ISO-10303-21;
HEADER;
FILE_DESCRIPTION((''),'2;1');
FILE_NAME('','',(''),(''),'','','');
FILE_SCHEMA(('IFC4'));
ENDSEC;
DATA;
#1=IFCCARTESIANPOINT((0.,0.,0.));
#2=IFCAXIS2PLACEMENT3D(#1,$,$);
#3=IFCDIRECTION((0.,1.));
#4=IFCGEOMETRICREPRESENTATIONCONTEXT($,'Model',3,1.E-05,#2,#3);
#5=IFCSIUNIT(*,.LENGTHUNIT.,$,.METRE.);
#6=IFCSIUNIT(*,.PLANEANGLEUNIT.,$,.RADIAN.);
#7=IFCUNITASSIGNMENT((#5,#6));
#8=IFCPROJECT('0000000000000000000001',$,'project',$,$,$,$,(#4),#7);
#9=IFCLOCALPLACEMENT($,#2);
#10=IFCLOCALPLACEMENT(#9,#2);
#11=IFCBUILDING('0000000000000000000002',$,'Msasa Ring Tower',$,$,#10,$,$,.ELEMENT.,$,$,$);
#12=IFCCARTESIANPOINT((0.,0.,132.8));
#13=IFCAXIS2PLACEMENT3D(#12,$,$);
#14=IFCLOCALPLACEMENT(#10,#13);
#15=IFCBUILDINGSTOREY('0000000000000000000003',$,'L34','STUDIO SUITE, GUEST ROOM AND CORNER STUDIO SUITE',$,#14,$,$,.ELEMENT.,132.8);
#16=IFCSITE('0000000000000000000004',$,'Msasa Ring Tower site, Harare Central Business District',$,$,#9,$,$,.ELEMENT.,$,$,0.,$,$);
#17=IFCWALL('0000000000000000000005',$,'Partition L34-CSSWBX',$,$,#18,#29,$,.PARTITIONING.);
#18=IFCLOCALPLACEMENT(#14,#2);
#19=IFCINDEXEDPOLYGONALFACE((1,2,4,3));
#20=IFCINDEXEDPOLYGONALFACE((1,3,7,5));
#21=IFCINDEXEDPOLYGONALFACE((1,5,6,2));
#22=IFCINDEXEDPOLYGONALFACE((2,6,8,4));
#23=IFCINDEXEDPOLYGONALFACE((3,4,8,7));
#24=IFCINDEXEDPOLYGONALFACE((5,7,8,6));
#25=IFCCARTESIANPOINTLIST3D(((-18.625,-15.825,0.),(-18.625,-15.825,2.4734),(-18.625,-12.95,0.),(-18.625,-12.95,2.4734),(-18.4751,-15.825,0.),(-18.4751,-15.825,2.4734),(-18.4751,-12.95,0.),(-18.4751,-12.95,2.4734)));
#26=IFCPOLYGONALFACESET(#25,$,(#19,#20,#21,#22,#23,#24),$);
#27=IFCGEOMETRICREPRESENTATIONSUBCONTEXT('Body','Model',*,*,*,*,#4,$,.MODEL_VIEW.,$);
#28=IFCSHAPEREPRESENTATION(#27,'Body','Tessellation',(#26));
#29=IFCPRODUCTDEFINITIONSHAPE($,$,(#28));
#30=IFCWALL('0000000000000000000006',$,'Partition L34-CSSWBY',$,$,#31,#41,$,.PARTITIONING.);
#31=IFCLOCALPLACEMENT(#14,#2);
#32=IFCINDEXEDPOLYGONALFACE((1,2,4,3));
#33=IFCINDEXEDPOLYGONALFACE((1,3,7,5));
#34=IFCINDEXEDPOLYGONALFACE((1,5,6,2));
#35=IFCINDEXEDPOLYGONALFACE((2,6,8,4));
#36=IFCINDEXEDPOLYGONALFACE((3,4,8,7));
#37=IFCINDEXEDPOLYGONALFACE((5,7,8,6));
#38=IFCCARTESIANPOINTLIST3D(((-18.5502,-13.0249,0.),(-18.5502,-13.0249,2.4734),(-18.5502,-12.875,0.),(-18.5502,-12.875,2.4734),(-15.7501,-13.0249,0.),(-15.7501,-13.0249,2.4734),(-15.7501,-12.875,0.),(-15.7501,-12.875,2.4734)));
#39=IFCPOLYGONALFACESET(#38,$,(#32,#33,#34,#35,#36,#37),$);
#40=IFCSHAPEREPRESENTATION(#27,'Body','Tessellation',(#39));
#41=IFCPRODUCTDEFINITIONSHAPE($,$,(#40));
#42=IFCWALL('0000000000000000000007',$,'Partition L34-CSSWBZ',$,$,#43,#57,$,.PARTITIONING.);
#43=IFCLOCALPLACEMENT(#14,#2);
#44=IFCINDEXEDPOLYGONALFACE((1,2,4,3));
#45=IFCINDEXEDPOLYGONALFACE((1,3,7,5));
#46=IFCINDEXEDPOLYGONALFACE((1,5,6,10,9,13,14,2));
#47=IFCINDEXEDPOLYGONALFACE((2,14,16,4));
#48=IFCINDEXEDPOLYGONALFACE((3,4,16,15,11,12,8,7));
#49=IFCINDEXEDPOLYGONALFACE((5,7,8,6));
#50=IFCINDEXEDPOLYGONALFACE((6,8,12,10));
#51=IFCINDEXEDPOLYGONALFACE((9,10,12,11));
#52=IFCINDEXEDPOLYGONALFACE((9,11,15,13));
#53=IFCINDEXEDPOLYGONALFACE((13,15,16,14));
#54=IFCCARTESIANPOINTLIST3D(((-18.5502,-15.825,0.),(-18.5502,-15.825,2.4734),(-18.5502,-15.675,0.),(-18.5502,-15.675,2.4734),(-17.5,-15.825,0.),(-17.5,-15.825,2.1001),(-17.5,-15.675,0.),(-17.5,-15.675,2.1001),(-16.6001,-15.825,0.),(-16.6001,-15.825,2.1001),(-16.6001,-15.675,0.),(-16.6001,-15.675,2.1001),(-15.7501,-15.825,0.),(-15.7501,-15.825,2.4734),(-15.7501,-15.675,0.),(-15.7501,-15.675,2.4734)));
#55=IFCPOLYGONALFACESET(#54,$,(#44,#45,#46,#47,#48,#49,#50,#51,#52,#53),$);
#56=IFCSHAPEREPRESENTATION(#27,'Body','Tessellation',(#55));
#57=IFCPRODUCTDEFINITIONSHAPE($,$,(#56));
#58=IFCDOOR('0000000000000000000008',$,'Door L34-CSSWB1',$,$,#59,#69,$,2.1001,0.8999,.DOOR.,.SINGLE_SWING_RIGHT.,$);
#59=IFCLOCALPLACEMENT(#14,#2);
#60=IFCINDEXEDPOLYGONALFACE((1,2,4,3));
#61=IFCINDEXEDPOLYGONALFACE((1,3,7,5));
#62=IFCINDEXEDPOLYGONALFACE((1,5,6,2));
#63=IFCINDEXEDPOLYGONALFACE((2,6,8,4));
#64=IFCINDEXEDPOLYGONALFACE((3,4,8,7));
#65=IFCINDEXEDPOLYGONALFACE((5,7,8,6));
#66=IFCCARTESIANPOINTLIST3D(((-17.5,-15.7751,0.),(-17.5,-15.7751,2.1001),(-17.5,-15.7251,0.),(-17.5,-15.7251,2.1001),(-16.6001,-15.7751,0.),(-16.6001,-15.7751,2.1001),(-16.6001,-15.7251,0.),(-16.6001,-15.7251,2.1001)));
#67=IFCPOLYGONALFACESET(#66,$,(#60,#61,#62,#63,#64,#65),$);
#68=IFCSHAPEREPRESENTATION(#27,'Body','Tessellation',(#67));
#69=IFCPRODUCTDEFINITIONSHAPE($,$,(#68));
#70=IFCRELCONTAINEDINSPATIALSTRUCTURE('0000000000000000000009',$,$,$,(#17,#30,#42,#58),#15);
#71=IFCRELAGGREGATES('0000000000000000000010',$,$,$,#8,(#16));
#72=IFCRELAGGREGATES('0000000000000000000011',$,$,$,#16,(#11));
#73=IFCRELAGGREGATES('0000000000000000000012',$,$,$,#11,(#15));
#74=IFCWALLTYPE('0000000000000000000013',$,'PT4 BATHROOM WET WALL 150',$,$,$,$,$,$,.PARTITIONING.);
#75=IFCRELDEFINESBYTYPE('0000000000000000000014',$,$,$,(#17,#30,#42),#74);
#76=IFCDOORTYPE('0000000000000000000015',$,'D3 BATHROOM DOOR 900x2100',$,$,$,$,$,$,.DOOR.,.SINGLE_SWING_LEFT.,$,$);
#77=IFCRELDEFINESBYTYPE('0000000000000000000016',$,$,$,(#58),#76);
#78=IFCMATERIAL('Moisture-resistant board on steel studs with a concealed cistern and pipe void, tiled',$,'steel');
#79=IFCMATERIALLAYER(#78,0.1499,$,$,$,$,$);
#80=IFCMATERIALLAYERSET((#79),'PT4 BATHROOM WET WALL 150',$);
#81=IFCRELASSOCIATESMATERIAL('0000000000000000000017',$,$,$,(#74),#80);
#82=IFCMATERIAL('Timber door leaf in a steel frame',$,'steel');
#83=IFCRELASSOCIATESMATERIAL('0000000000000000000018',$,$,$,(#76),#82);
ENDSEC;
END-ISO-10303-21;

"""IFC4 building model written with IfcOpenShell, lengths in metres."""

from ifc_helpers import new_model, si_unit, direction, frame, frame_2d, origin, place, context, subcontext, project, spatial, rectangle, extrude, material, layer, layer_set, type_object, element, fill, save


model = new_model("IFC4")

# Units and contexts
model_context = context("Model", 3, precision=1e-05, world=origin(), true_north=direction((0.0, 1.0)))
body_context = subcontext(model_context, "Body", "Model", "MODEL_VIEW")
ifc_project = project(units=[si_unit("LENGTHUNIT", "METRE"), si_unit("PLANEANGLEUNIT", "RADIAN")], contexts=[model_context])

# Site, building, storey
site_placement = place(None, origin())
site = spatial("IfcSite", under=ifc_project, at=site_placement, Name="Msasa Ring Tower site, Harare Central Business District", CompositionType="ELEMENT", RefElevation=0.0)
building_placement = place(site_placement, origin())
building = spatial("IfcBuilding", under=site, at=building_placement, Name="Msasa Ring Tower", CompositionType="ELEMENT")
storey_placement = place(building_placement, frame((0.0, 0.0, 132.8)))
storey = spatial("IfcBuildingStorey", under=building, at=storey_placement, Name="L34", Description="STUDIO SUITE, GUEST ROOM AND CORNER STUDIO SUITE", CompositionType="ELEMENT", Elevation=132.8)

# Walls
ifc_material_1 = material(Name="Moisture-resistant board on steel studs with a concealed cistern and pipe void, tiled", Category="steel")
ifc_layer_1 = layer(ifc_material_1, 0.1499)
ifc_layer_set_1 = layer_set([ifc_layer_1], Name="PT4 BATHROOM WET WALL 150")
wall_type_1 = type_object("IfcWallType", Name="PT4 BATHROOM WET WALL 150", PredefinedType="PARTITIONING", material=ifc_layer_set_1)
wall_1_placement = place(storey_placement, frame((-18.55, -15.825, 0.0), z_axis=(0.0, 0.0, 1.0), x_axis=(0.0, 1.0, 0.0)))
element("IfcWall", 1, at=wall_1_placement, inside=storey, type_object=wall_type_1, Name="Partition L34-CSSWBX", PredefinedType="PARTITIONING", context=body_context, shape_type="SweptSolid", body=[
    extrude(rectangle(XDim=2.875, YDim=0.1499, at=frame_2d((1.4375, 0.0))), origin(), (0.0, 0.0, 1.0), 2.4734),
])
wall_2_placement = place(storey_placement, frame((-18.55, -12.95, 0.0), z_axis=(0.0, 0.0, 1.0), x_axis=(1.0, 0.0, 0.0)))
element("IfcWall", 2, at=wall_2_placement, inside=storey, type_object=wall_type_1, Name="Partition L34-CSSWBY", PredefinedType="PARTITIONING", context=body_context, shape_type="SweptSolid", body=[
    extrude(rectangle(XDim=2.8, YDim=0.1499, at=frame_2d((1.3999, 0.0))), origin(), (0.0, 0.0, 1.0), 2.4734),
])

# Wall, opening, door
wall_3_placement = place(storey_placement, frame((-18.55, -15.75, 0.0), z_axis=(0.0, 0.0, 1.0), x_axis=(1.0, 0.0, 0.0)))
wall_3 = element("IfcWall", 3, at=wall_3_placement, inside=storey, type_object=wall_type_1, Name="Partition L34-CSSWBZ", PredefinedType="PARTITIONING", context=body_context, shape_type="SweptSolid", body=[
    extrude(rectangle(XDim=2.8, YDim=0.1499, at=frame_2d((1.3999, 0.0))), origin(), (0.0, 0.0, 1.0), 2.4734),
])
opening_1_placement = place(wall_3_placement, frame((1.05, 0.0, 0.0)))
opening_1 = element("IfcOpeningElement", 4, at=opening_1_placement, cuts=wall_3, PredefinedType="OPENING", context=body_context, shape_type="SweptSolid", body=[
    extrude(rectangle(XDim=0.8999, YDim=2.1001, at=frame_2d((0.45, 1.05))), frame((0.0, 0.085, 0.0), z_axis=(0.0, -1.0, 0.0), x_axis=(1.0, 0.0, 0.0)), (0.0, 0.0, 1.0), 0.1699),
])
ifc_material_2 = material(Name="Timber door leaf in a steel frame", Category="steel")
door_type_1 = type_object("IfcDoorType", Name="D3 BATHROOM DOOR 900x2100", OperationType="SINGLE_SWING_LEFT", PredefinedType="DOOR", material=ifc_material_2)
door_1_placement = place(opening_1_placement, origin())
door_1 = element("IfcDoor", 5, at=door_1_placement, inside=storey, type_object=door_type_1, Name="Door L34-CSSWB1", OperationType="SINGLE_SWING_RIGHT", OverallHeight=2.1001, OverallWidth=0.8999, PredefinedType="DOOR", context=body_context, shape_type="SweptSolid", body=[
    extrude(rectangle(XDim=0.8999, YDim=2.1001, at=frame_2d((0.45, 1.05))), frame((0.0, 0.0249, 0.0), z_axis=(0.0, -1.0, 0.0), x_axis=(1.0, 0.0, 0.0)), (0.0, 0.0, 1.0), 0.05),
])
fill(opening_1, door_1)

save(model, "model.ifc")
